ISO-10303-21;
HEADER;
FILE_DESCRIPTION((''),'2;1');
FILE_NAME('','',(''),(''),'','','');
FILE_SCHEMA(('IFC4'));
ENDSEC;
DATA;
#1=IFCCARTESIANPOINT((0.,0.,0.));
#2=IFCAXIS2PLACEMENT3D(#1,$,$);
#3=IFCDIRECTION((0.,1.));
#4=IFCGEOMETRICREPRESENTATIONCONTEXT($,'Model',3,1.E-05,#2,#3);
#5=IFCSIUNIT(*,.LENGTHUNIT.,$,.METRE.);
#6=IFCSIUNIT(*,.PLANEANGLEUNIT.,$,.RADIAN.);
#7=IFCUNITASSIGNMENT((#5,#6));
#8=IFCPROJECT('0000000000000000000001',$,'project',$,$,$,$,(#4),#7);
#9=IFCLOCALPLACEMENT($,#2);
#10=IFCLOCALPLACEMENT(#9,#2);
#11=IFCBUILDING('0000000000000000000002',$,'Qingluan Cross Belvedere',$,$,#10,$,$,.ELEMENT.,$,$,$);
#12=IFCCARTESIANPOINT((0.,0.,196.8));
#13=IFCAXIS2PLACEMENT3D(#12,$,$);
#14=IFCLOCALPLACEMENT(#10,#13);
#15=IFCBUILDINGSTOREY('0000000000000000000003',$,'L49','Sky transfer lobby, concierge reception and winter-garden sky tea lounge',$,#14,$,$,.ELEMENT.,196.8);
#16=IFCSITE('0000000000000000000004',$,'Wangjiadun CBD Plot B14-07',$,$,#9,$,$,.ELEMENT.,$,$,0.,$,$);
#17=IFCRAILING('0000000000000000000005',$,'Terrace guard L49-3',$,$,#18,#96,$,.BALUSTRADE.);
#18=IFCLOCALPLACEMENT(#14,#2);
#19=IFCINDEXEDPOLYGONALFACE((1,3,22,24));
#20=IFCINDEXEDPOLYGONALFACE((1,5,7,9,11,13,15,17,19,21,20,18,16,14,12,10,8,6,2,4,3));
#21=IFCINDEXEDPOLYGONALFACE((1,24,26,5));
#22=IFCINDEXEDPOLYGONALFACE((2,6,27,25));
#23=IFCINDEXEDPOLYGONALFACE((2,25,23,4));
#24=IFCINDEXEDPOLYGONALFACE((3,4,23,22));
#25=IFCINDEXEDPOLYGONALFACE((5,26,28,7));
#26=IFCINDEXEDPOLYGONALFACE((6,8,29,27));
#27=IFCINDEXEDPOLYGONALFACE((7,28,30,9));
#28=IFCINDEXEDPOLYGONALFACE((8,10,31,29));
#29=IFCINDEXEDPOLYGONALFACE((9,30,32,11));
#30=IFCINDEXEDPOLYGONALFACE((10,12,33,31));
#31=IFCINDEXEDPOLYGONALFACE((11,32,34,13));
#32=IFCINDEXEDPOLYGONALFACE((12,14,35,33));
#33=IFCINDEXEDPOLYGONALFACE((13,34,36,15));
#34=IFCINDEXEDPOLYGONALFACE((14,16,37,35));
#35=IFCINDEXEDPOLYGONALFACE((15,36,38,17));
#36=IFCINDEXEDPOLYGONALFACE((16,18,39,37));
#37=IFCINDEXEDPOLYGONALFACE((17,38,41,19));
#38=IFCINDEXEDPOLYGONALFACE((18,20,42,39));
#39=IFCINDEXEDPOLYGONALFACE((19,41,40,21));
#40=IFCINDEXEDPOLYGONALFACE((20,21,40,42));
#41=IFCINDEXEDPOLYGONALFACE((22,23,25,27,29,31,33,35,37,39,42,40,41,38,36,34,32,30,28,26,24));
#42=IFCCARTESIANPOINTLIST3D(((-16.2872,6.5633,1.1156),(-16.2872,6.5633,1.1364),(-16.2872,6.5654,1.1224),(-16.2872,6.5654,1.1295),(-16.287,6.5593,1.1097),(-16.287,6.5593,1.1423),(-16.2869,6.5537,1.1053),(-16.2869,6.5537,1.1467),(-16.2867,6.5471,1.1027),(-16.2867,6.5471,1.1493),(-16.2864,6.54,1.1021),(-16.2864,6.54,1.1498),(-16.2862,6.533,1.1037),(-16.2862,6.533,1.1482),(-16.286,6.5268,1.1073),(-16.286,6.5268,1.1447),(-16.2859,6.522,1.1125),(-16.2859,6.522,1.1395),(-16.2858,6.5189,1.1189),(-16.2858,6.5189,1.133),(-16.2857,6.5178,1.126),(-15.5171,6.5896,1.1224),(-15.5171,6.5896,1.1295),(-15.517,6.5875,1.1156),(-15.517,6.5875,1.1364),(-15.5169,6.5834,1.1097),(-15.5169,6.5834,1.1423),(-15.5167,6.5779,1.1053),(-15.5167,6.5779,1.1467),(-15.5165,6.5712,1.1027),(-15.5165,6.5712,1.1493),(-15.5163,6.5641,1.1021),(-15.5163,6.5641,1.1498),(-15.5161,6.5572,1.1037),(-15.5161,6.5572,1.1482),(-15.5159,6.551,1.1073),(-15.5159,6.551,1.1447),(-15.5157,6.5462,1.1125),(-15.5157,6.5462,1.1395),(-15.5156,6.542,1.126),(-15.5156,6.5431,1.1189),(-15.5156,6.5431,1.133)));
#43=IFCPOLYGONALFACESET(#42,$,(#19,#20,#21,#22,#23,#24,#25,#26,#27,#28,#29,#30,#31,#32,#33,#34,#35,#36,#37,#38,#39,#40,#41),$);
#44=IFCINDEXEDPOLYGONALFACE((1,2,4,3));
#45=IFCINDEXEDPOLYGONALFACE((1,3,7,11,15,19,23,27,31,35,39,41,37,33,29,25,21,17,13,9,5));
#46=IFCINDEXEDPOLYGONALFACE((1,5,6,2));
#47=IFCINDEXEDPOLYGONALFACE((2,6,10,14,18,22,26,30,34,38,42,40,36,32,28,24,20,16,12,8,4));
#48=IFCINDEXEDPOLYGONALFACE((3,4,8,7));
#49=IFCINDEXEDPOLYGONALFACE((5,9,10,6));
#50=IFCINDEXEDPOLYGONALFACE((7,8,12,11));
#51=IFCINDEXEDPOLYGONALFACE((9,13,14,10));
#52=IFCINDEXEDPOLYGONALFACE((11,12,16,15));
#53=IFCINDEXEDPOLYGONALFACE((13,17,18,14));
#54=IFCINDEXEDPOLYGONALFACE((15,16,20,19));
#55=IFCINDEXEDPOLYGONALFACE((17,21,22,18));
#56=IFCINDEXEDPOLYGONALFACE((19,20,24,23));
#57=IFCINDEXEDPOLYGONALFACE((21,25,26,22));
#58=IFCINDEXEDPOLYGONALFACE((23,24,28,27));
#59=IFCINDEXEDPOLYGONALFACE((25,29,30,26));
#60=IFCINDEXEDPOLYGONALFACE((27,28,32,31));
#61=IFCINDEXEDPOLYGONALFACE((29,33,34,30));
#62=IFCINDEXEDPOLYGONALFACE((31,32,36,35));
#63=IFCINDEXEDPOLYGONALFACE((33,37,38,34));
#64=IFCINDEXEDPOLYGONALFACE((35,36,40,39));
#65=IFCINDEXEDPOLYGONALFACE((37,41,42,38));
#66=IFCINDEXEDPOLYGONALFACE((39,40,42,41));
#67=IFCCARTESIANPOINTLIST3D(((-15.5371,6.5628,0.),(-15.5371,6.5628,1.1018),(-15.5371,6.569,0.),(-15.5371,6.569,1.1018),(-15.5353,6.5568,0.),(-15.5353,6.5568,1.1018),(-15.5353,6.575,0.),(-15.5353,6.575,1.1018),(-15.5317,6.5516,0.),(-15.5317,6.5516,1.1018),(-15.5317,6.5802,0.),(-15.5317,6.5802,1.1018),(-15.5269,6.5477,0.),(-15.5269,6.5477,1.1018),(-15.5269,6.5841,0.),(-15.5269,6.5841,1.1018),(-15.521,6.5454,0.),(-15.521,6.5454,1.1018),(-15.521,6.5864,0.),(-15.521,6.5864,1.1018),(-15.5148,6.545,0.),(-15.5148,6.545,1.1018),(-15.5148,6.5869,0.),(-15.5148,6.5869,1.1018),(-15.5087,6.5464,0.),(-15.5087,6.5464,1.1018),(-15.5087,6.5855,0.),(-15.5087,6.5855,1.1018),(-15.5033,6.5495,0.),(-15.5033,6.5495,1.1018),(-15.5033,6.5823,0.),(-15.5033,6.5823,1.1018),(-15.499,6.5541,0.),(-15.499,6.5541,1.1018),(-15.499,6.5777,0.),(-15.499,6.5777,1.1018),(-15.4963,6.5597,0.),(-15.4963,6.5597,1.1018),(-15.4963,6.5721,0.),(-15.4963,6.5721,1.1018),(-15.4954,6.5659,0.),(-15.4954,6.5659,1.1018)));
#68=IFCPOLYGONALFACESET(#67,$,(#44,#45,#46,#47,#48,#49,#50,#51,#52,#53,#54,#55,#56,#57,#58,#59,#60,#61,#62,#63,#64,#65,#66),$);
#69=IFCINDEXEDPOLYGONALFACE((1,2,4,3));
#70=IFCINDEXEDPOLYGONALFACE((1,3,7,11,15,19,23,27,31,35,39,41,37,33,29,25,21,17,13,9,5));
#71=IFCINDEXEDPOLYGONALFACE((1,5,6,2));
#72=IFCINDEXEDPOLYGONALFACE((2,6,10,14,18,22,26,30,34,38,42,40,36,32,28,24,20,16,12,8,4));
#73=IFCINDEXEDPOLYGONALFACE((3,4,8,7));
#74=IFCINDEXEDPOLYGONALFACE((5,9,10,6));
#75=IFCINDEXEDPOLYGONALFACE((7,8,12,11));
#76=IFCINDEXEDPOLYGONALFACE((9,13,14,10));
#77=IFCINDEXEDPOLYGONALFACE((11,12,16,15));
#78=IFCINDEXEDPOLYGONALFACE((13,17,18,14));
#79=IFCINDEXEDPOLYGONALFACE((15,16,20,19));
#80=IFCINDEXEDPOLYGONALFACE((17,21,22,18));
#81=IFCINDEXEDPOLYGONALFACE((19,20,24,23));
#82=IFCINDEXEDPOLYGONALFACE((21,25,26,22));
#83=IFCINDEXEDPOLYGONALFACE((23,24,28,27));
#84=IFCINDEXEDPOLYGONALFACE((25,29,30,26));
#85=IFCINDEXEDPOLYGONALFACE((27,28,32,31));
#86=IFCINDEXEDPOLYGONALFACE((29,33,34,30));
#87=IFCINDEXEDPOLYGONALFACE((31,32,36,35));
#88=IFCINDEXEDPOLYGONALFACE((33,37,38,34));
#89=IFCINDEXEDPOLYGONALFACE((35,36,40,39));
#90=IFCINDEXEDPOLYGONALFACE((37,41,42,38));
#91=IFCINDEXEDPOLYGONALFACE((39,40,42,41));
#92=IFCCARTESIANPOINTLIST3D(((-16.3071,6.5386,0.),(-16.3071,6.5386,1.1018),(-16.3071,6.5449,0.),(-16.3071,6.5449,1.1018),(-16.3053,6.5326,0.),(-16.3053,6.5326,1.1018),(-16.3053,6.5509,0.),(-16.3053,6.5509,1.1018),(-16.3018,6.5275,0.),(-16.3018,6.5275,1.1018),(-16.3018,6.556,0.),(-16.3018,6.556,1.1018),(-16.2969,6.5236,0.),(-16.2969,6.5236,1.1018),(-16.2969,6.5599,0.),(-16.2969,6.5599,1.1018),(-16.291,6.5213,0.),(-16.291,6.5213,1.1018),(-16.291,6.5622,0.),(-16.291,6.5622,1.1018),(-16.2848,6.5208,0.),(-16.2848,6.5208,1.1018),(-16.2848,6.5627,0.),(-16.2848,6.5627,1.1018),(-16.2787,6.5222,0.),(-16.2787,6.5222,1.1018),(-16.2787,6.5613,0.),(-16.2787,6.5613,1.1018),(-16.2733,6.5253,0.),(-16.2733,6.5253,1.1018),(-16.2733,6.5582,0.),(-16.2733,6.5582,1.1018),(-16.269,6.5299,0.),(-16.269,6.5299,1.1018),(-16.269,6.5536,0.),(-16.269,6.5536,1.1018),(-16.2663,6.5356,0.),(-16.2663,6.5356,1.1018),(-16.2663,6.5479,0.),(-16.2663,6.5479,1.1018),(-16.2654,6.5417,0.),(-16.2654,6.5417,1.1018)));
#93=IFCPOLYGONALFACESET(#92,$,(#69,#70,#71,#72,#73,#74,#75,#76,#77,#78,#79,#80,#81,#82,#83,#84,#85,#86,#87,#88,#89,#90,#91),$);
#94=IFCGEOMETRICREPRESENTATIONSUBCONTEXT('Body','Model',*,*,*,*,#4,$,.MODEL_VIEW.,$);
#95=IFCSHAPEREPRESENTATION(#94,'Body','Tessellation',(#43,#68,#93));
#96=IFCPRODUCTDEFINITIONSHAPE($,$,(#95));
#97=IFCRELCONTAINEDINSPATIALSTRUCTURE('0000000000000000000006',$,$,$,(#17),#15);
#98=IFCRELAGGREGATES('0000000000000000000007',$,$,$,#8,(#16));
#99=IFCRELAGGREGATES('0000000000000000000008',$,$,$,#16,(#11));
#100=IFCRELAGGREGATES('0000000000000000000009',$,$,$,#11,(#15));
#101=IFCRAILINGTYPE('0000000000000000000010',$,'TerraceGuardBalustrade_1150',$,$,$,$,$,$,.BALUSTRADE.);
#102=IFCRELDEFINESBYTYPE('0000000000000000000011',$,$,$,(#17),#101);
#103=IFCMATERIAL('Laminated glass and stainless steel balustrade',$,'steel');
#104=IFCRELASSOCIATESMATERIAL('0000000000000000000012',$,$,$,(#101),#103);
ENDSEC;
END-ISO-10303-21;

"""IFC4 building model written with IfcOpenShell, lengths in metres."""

from ifc_helpers import new_model, si_unit, direction, frame, origin, origin_2d, place, context, subcontext, project, spatial, circle, extrude, material, type_object, element, save


model = new_model("IFC4")

# Units and contexts
model_context = context("Model", 3, precision=1e-05, world=origin(), true_north=direction((0.0, 1.0)))
body_context = subcontext(model_context, "Body", "Model", "MODEL_VIEW")
ifc_project = project(units=[si_unit("LENGTHUNIT", "METRE"), si_unit("PLANEANGLEUNIT", "RADIAN")], contexts=[model_context])

# Site, building, storey
site_placement = place(None, origin())
site = spatial("IfcSite", under=ifc_project, at=site_placement, Name="Wangjiadun CBD Plot B14-07", CompositionType="ELEMENT", RefElevation=0.0)
building_placement = place(site_placement, origin())
building = spatial("IfcBuilding", under=site, at=building_placement, Name="Qingluan Cross Belvedere", CompositionType="ELEMENT")
storey_placement = place(building_placement, frame((0.0, 0.0, 196.8)))
storey = spatial("IfcBuildingStorey", under=building, at=storey_placement, Name="L49", Description="Sky transfer lobby, concierge reception and winter-garden sky tea lounge", CompositionType="ELEMENT", Elevation=196.8)

# Railing
ifc_material_1 = material(Name="Laminated glass and stainless steel balustrade", Category="steel")
railing_type = type_object("IfcRailingType", Name="TerraceGuardBalustrade_1150", PredefinedType="BALUSTRADE", material=ifc_material_1)
railing_1_placement = place(storey_placement, frame((-15.5164, 6.5659, 0.0)))
element("IfcRailing", 1, at=railing_1_placement, inside=storey, type_object=railing_type, Name="Terrace guard L49-3", PredefinedType="BALUSTRADE", context=body_context, shape_type="SweptSolid", body=[
    extrude(circle(Radius=0.0239, at=origin_2d()), frame((0.0, 0.0, 1.126), z_axis=(-0.999508, -0.031373, 0.0), x_axis=(0.031373, -0.999508, 0.0)), (0.0, 0.0, 1.0), 0.7705),
    extrude(circle(Radius=0.021, at=origin_2d()), origin(), (0.0, 0.0, 1.0), 1.1018),
    extrude(circle(Radius=0.021, at=origin_2d()), frame((-0.77, -0.0242, 0.0)), (0.0, 0.0, 1.0), 1.1018),
])

save(model, "model.ifc")
